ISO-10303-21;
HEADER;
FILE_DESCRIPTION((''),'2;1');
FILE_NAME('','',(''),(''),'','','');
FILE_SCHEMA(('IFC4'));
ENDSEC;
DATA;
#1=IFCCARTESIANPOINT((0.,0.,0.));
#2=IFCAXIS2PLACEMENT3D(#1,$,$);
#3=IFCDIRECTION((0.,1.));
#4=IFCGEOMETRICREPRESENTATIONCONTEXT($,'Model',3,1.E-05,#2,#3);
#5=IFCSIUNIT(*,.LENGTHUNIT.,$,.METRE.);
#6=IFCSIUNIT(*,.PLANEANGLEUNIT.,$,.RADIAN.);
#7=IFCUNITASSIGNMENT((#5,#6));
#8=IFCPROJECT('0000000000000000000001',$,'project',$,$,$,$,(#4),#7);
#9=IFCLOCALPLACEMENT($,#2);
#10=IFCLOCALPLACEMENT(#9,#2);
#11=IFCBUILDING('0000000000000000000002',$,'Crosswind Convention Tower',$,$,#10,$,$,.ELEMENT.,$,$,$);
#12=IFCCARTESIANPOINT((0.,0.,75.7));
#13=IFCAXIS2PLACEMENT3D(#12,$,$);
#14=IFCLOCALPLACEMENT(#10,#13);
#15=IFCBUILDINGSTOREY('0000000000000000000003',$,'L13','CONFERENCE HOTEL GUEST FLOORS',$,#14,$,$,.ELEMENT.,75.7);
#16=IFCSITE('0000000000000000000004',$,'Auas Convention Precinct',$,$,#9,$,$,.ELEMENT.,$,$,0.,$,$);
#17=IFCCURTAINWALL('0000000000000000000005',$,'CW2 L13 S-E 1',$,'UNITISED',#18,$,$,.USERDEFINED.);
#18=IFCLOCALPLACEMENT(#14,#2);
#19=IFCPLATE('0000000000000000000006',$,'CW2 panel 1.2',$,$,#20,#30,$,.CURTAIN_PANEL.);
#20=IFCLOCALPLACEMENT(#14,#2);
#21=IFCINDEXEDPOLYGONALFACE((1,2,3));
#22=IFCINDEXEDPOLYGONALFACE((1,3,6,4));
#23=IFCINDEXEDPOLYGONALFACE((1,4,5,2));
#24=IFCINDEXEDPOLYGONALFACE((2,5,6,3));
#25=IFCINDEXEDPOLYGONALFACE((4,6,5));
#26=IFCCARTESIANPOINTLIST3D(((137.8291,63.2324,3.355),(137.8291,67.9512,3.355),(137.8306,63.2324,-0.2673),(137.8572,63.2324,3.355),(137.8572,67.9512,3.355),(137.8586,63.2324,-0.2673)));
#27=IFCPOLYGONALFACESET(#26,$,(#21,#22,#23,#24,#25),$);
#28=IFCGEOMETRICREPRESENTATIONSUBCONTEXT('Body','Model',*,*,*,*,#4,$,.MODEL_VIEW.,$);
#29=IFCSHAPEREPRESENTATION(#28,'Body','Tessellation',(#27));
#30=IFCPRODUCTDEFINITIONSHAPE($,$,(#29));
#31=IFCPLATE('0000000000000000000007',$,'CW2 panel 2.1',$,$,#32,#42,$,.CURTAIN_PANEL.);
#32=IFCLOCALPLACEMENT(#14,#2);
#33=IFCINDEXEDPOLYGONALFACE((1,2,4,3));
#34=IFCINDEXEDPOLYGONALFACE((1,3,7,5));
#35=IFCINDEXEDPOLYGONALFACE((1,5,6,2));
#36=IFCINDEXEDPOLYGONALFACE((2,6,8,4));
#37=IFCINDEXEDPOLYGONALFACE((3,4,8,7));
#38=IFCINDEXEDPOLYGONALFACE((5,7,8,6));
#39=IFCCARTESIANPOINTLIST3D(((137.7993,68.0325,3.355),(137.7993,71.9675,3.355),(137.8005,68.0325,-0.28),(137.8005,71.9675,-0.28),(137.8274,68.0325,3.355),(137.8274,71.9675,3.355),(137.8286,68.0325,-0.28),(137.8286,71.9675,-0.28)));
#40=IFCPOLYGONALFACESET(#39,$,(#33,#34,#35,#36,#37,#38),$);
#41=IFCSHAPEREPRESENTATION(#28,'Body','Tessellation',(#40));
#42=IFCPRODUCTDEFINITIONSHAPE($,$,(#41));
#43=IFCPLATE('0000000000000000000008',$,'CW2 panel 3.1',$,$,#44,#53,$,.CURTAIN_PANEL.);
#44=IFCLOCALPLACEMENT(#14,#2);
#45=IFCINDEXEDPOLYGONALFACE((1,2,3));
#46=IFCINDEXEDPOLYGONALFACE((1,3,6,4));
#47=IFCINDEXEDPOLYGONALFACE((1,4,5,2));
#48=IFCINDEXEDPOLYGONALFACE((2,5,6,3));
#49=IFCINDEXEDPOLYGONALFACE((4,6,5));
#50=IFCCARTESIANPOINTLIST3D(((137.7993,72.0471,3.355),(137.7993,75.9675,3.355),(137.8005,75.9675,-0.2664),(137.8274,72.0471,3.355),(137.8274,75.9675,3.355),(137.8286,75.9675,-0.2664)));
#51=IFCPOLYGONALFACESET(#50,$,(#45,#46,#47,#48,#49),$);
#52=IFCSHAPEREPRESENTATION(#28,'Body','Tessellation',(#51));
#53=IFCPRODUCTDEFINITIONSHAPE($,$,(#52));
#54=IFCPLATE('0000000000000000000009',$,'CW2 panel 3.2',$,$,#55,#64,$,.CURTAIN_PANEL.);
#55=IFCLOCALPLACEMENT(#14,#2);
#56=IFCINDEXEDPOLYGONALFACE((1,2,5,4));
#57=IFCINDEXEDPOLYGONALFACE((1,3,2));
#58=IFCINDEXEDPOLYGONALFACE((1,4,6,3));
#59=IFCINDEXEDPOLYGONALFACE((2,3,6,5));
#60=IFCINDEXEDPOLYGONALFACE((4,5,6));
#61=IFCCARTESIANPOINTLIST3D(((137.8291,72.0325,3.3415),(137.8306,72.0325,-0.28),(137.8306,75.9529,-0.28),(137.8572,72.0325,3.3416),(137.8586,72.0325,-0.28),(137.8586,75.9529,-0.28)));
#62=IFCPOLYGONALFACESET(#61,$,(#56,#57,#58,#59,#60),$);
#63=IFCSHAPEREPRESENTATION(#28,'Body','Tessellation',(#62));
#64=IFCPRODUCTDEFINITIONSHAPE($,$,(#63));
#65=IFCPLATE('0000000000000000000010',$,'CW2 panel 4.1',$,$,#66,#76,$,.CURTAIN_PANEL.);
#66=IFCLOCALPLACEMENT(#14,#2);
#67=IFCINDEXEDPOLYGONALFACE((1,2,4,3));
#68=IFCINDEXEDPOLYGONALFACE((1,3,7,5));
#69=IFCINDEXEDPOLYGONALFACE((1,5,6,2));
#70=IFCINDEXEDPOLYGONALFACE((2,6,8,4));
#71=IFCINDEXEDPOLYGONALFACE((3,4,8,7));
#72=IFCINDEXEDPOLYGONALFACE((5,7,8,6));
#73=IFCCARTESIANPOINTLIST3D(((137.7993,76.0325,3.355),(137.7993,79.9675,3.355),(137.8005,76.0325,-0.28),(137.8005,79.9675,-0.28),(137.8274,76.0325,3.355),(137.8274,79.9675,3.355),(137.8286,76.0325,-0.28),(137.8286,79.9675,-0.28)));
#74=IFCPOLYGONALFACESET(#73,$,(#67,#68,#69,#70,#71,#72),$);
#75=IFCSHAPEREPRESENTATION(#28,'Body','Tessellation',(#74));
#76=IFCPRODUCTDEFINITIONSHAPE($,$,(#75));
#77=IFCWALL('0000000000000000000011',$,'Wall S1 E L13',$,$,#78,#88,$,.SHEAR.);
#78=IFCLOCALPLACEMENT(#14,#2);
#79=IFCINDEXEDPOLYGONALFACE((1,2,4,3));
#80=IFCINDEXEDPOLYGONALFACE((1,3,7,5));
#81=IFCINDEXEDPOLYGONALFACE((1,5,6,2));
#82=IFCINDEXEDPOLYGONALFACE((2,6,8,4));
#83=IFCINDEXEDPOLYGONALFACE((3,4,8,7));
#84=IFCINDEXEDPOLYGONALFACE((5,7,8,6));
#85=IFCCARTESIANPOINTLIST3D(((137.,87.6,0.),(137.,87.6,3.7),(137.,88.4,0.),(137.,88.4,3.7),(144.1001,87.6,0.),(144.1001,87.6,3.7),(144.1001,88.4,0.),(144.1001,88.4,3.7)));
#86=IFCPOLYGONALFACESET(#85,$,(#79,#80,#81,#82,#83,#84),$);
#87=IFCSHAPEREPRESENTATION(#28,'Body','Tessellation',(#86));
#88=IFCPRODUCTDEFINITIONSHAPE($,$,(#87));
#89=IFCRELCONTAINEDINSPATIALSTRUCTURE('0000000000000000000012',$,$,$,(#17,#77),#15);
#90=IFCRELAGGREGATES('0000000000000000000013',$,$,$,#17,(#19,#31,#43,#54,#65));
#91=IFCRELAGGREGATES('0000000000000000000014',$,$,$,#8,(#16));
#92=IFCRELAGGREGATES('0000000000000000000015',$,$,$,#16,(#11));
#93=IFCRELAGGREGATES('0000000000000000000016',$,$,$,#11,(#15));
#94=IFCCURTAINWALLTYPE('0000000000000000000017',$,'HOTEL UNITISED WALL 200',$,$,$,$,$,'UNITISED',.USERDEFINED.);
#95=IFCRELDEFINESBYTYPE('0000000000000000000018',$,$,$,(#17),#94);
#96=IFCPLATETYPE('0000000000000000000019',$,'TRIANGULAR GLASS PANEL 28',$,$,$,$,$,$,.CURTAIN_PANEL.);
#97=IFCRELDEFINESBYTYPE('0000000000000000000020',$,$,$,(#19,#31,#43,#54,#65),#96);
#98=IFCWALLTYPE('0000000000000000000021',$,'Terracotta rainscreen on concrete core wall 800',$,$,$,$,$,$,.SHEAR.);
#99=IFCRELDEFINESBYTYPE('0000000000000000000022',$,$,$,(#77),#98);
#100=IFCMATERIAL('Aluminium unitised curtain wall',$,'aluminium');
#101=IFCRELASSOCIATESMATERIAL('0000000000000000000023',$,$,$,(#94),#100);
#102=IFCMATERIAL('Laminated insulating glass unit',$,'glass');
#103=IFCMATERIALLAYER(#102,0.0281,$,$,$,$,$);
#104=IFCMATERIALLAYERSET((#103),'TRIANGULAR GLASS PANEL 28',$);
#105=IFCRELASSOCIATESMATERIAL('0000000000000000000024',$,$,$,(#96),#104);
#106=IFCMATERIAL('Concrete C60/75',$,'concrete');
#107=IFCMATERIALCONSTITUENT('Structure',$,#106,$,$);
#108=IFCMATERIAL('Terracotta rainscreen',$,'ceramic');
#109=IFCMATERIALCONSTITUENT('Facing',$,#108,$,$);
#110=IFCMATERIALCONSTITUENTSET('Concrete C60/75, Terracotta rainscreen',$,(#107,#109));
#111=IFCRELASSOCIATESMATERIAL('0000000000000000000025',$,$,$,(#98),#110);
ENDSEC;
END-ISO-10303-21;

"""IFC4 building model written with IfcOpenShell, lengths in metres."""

from ifc_helpers import new_model, si_unit, direction, frame, frame_2d, origin, place, context, subcontext, project, spatial, polyline, rectangle, outline, extrude, material, layer, layer_set, constituent, constituent_set, type_object, element, aggregate, save


model = new_model("IFC4")

# Units and contexts
model_context = context("Model", 3, precision=1e-05, world=origin(), true_north=direction((0.0, 1.0)))
body_context = subcontext(model_context, "Body", "Model", "MODEL_VIEW")
ifc_project = project(units=[si_unit("LENGTHUNIT", "METRE"), si_unit("PLANEANGLEUNIT", "RADIAN")], contexts=[model_context])

# Site, building, storey
site_placement = place(None, origin())
site = spatial("IfcSite", under=ifc_project, at=site_placement, Name="Auas Convention Precinct", CompositionType="ELEMENT", RefElevation=0.0)
building_placement = place(site_placement, origin())
building = spatial("IfcBuilding", under=site, at=building_placement, Name="Crosswind Convention Tower", CompositionType="ELEMENT")
storey_placement = place(building_placement, frame((0.0, 0.0, 75.7)))
storey = spatial("IfcBuildingStorey", under=building, at=storey_placement, Name="L13", Description="CONFERENCE HOTEL GUEST FLOORS", CompositionType="ELEMENT", Elevation=75.7)

# Shared definitions
ifc_material_1 = material(Name="Aluminium unitised curtain wall", Category="aluminium")
curtain_wall_type = type_object("IfcCurtainWallType", Name="HOTEL UNITISED WALL 200", ElementType="UNITISED", PredefinedType="USERDEFINED", material=ifc_material_1)

# Curtain wall, plates
curtain_wall_1_placement = place(storey_placement, origin())
curtain_wall_1 = element("IfcCurtainWall", 1, at=curtain_wall_1_placement, inside=storey, type_object=curtain_wall_type, Name="CW2 L13 S-E 1", ObjectType="UNITISED", PredefinedType="USERDEFINED")
ifc_material_2 = material(Name="Laminated insulating glass unit", Category="glass")
ifc_layer_1 = layer(ifc_material_2, 0.0281)
ifc_layer_set_1 = layer_set([ifc_layer_1], Name="TRIANGULAR GLASS PANEL 28")
plate_type = type_object("IfcPlateType", Name="TRIANGULAR GLASS PANEL 28", PredefinedType="CURTAIN_PANEL", material=ifc_layer_set_1)
plate_1_placement = place(storey_placement, frame((137.8572, 63.2324, 3.355), z_axis=(1.0, 0.0, 0.000404), x_axis=(0.000404, 0.0, -1.0)))
plate_1 = element("IfcPlate", 2, at=plate_1_placement, type_object=plate_type, Name="CW2 panel 1.2", PredefinedType="CURTAIN_PANEL", context=body_context, shape_type="SweptSolid", body=[
    extrude(outline(polyline([(0.0, 0.0), (3.6223, 0.0), (0.0, 4.7188), (0.0, 0.0)])), origin(), (0.0, 0.0, -1.0), 0.0281),
])
plate_2_placement = place(storey_placement, frame((137.8286, 68.0325, -0.28), z_axis=(1.0, 0.0, 0.000336), x_axis=(0.0, 1.0, 0.0)))
plate_2 = element("IfcPlate", 3, at=plate_2_placement, type_object=plate_type, Name="CW2 panel 2.1", PredefinedType="CURTAIN_PANEL", context=body_context, shape_type="SweptSolid", body=[
    extrude(outline(polyline([(0.0, 0.0), (3.9351, 0.0), (3.9351, 3.635), (0.0, 3.635), (0.0, 0.0)])), origin(), (0.0, 0.0, -1.0), 0.0281),
])
plate_3_placement = place(storey_placement, frame((137.8274, 75.9675, 3.355), z_axis=(1.0, 0.0, 0.000337), x_axis=(0.0, -1.0, 0.0)))
plate_3 = element("IfcPlate", 4, at=plate_3_placement, type_object=plate_type, Name="CW2 panel 3.1", PredefinedType="CURTAIN_PANEL", context=body_context, shape_type="SweptSolid", body=[
    extrude(outline(polyline([(0.0, 0.0), (3.9204, 0.0), (0.0, 3.6213), (0.0, 0.0)])), origin(), (0.0, 0.0, -1.0), 0.0281),
])
plate_4_placement = place(storey_placement, frame((137.8586, 72.0325, -0.28), z_axis=(1.0, 0.0, 0.000404), x_axis=(0.0, 1.0, 0.0)))
plate_4 = element("IfcPlate", 5, at=plate_4_placement, type_object=plate_type, Name="CW2 panel 3.2", PredefinedType="CURTAIN_PANEL", context=body_context, shape_type="SweptSolid", body=[
    extrude(outline(polyline([(0.0, 0.0), (3.9204, 0.0), (0.0, 3.6216), (0.0, 0.0)])), origin(), (0.0, 0.0, -1.0), 0.0281),
])
plate_5_placement = place(storey_placement, frame((137.8286, 76.0325, -0.28), z_axis=(1.0, 0.0, 0.000336), x_axis=(0.0, 1.0, 0.0)))
plate_5 = element("IfcPlate", 6, at=plate_5_placement, type_object=plate_type, Name="CW2 panel 4.1", PredefinedType="CURTAIN_PANEL", context=body_context, shape_type="SweptSolid", body=[
    extrude(outline(polyline([(0.0, 0.0), (3.9351, 0.0), (3.9351, 3.635), (0.0, 3.635), (0.0, 0.0)])), origin(), (0.0, 0.0, -1.0), 0.0281),
])
aggregate(curtain_wall_1, [plate_1, plate_2, plate_3, plate_4, plate_5])

# Shared definitions
ifc_material_3 = material(Name="Terracotta rainscreen", Category="ceramic")

# Wall
ifc_material_4 = material(Name="Concrete C60/75", Category="concrete")
ifc_constituent_1 = constituent(ifc_material_4, Name="Structure")
ifc_constituent_2 = constituent(ifc_material_3, Name="Facing")
ifc_constituent_set = constituent_set(constituents=[ifc_constituent_1, ifc_constituent_2], Name="Concrete C60/75, Terracotta rainscreen")
wall_type_1 = type_object("IfcWallType", Name="Terracotta rainscreen on concrete core wall 800", PredefinedType="SHEAR", material=ifc_constituent_set)
wall_1_placement = place(storey_placement, frame((137.0, 88.0, 0.0), z_axis=(0.0, 0.0, 1.0), x_axis=(1.0, 0.0, 0.0)))
element("IfcWall", 7, at=wall_1_placement, inside=storey, type_object=wall_type_1, Name="Wall S1 E L13", PredefinedType="SHEAR", context=body_context, shape_type="SweptSolid", body=[
    extrude(rectangle(XDim=7.1001, YDim=0.8, at=frame_2d((3.55, 0.0))), origin(), (0.0, 0.0, 1.0), 3.7),
])

save(model, "model.ifc")
